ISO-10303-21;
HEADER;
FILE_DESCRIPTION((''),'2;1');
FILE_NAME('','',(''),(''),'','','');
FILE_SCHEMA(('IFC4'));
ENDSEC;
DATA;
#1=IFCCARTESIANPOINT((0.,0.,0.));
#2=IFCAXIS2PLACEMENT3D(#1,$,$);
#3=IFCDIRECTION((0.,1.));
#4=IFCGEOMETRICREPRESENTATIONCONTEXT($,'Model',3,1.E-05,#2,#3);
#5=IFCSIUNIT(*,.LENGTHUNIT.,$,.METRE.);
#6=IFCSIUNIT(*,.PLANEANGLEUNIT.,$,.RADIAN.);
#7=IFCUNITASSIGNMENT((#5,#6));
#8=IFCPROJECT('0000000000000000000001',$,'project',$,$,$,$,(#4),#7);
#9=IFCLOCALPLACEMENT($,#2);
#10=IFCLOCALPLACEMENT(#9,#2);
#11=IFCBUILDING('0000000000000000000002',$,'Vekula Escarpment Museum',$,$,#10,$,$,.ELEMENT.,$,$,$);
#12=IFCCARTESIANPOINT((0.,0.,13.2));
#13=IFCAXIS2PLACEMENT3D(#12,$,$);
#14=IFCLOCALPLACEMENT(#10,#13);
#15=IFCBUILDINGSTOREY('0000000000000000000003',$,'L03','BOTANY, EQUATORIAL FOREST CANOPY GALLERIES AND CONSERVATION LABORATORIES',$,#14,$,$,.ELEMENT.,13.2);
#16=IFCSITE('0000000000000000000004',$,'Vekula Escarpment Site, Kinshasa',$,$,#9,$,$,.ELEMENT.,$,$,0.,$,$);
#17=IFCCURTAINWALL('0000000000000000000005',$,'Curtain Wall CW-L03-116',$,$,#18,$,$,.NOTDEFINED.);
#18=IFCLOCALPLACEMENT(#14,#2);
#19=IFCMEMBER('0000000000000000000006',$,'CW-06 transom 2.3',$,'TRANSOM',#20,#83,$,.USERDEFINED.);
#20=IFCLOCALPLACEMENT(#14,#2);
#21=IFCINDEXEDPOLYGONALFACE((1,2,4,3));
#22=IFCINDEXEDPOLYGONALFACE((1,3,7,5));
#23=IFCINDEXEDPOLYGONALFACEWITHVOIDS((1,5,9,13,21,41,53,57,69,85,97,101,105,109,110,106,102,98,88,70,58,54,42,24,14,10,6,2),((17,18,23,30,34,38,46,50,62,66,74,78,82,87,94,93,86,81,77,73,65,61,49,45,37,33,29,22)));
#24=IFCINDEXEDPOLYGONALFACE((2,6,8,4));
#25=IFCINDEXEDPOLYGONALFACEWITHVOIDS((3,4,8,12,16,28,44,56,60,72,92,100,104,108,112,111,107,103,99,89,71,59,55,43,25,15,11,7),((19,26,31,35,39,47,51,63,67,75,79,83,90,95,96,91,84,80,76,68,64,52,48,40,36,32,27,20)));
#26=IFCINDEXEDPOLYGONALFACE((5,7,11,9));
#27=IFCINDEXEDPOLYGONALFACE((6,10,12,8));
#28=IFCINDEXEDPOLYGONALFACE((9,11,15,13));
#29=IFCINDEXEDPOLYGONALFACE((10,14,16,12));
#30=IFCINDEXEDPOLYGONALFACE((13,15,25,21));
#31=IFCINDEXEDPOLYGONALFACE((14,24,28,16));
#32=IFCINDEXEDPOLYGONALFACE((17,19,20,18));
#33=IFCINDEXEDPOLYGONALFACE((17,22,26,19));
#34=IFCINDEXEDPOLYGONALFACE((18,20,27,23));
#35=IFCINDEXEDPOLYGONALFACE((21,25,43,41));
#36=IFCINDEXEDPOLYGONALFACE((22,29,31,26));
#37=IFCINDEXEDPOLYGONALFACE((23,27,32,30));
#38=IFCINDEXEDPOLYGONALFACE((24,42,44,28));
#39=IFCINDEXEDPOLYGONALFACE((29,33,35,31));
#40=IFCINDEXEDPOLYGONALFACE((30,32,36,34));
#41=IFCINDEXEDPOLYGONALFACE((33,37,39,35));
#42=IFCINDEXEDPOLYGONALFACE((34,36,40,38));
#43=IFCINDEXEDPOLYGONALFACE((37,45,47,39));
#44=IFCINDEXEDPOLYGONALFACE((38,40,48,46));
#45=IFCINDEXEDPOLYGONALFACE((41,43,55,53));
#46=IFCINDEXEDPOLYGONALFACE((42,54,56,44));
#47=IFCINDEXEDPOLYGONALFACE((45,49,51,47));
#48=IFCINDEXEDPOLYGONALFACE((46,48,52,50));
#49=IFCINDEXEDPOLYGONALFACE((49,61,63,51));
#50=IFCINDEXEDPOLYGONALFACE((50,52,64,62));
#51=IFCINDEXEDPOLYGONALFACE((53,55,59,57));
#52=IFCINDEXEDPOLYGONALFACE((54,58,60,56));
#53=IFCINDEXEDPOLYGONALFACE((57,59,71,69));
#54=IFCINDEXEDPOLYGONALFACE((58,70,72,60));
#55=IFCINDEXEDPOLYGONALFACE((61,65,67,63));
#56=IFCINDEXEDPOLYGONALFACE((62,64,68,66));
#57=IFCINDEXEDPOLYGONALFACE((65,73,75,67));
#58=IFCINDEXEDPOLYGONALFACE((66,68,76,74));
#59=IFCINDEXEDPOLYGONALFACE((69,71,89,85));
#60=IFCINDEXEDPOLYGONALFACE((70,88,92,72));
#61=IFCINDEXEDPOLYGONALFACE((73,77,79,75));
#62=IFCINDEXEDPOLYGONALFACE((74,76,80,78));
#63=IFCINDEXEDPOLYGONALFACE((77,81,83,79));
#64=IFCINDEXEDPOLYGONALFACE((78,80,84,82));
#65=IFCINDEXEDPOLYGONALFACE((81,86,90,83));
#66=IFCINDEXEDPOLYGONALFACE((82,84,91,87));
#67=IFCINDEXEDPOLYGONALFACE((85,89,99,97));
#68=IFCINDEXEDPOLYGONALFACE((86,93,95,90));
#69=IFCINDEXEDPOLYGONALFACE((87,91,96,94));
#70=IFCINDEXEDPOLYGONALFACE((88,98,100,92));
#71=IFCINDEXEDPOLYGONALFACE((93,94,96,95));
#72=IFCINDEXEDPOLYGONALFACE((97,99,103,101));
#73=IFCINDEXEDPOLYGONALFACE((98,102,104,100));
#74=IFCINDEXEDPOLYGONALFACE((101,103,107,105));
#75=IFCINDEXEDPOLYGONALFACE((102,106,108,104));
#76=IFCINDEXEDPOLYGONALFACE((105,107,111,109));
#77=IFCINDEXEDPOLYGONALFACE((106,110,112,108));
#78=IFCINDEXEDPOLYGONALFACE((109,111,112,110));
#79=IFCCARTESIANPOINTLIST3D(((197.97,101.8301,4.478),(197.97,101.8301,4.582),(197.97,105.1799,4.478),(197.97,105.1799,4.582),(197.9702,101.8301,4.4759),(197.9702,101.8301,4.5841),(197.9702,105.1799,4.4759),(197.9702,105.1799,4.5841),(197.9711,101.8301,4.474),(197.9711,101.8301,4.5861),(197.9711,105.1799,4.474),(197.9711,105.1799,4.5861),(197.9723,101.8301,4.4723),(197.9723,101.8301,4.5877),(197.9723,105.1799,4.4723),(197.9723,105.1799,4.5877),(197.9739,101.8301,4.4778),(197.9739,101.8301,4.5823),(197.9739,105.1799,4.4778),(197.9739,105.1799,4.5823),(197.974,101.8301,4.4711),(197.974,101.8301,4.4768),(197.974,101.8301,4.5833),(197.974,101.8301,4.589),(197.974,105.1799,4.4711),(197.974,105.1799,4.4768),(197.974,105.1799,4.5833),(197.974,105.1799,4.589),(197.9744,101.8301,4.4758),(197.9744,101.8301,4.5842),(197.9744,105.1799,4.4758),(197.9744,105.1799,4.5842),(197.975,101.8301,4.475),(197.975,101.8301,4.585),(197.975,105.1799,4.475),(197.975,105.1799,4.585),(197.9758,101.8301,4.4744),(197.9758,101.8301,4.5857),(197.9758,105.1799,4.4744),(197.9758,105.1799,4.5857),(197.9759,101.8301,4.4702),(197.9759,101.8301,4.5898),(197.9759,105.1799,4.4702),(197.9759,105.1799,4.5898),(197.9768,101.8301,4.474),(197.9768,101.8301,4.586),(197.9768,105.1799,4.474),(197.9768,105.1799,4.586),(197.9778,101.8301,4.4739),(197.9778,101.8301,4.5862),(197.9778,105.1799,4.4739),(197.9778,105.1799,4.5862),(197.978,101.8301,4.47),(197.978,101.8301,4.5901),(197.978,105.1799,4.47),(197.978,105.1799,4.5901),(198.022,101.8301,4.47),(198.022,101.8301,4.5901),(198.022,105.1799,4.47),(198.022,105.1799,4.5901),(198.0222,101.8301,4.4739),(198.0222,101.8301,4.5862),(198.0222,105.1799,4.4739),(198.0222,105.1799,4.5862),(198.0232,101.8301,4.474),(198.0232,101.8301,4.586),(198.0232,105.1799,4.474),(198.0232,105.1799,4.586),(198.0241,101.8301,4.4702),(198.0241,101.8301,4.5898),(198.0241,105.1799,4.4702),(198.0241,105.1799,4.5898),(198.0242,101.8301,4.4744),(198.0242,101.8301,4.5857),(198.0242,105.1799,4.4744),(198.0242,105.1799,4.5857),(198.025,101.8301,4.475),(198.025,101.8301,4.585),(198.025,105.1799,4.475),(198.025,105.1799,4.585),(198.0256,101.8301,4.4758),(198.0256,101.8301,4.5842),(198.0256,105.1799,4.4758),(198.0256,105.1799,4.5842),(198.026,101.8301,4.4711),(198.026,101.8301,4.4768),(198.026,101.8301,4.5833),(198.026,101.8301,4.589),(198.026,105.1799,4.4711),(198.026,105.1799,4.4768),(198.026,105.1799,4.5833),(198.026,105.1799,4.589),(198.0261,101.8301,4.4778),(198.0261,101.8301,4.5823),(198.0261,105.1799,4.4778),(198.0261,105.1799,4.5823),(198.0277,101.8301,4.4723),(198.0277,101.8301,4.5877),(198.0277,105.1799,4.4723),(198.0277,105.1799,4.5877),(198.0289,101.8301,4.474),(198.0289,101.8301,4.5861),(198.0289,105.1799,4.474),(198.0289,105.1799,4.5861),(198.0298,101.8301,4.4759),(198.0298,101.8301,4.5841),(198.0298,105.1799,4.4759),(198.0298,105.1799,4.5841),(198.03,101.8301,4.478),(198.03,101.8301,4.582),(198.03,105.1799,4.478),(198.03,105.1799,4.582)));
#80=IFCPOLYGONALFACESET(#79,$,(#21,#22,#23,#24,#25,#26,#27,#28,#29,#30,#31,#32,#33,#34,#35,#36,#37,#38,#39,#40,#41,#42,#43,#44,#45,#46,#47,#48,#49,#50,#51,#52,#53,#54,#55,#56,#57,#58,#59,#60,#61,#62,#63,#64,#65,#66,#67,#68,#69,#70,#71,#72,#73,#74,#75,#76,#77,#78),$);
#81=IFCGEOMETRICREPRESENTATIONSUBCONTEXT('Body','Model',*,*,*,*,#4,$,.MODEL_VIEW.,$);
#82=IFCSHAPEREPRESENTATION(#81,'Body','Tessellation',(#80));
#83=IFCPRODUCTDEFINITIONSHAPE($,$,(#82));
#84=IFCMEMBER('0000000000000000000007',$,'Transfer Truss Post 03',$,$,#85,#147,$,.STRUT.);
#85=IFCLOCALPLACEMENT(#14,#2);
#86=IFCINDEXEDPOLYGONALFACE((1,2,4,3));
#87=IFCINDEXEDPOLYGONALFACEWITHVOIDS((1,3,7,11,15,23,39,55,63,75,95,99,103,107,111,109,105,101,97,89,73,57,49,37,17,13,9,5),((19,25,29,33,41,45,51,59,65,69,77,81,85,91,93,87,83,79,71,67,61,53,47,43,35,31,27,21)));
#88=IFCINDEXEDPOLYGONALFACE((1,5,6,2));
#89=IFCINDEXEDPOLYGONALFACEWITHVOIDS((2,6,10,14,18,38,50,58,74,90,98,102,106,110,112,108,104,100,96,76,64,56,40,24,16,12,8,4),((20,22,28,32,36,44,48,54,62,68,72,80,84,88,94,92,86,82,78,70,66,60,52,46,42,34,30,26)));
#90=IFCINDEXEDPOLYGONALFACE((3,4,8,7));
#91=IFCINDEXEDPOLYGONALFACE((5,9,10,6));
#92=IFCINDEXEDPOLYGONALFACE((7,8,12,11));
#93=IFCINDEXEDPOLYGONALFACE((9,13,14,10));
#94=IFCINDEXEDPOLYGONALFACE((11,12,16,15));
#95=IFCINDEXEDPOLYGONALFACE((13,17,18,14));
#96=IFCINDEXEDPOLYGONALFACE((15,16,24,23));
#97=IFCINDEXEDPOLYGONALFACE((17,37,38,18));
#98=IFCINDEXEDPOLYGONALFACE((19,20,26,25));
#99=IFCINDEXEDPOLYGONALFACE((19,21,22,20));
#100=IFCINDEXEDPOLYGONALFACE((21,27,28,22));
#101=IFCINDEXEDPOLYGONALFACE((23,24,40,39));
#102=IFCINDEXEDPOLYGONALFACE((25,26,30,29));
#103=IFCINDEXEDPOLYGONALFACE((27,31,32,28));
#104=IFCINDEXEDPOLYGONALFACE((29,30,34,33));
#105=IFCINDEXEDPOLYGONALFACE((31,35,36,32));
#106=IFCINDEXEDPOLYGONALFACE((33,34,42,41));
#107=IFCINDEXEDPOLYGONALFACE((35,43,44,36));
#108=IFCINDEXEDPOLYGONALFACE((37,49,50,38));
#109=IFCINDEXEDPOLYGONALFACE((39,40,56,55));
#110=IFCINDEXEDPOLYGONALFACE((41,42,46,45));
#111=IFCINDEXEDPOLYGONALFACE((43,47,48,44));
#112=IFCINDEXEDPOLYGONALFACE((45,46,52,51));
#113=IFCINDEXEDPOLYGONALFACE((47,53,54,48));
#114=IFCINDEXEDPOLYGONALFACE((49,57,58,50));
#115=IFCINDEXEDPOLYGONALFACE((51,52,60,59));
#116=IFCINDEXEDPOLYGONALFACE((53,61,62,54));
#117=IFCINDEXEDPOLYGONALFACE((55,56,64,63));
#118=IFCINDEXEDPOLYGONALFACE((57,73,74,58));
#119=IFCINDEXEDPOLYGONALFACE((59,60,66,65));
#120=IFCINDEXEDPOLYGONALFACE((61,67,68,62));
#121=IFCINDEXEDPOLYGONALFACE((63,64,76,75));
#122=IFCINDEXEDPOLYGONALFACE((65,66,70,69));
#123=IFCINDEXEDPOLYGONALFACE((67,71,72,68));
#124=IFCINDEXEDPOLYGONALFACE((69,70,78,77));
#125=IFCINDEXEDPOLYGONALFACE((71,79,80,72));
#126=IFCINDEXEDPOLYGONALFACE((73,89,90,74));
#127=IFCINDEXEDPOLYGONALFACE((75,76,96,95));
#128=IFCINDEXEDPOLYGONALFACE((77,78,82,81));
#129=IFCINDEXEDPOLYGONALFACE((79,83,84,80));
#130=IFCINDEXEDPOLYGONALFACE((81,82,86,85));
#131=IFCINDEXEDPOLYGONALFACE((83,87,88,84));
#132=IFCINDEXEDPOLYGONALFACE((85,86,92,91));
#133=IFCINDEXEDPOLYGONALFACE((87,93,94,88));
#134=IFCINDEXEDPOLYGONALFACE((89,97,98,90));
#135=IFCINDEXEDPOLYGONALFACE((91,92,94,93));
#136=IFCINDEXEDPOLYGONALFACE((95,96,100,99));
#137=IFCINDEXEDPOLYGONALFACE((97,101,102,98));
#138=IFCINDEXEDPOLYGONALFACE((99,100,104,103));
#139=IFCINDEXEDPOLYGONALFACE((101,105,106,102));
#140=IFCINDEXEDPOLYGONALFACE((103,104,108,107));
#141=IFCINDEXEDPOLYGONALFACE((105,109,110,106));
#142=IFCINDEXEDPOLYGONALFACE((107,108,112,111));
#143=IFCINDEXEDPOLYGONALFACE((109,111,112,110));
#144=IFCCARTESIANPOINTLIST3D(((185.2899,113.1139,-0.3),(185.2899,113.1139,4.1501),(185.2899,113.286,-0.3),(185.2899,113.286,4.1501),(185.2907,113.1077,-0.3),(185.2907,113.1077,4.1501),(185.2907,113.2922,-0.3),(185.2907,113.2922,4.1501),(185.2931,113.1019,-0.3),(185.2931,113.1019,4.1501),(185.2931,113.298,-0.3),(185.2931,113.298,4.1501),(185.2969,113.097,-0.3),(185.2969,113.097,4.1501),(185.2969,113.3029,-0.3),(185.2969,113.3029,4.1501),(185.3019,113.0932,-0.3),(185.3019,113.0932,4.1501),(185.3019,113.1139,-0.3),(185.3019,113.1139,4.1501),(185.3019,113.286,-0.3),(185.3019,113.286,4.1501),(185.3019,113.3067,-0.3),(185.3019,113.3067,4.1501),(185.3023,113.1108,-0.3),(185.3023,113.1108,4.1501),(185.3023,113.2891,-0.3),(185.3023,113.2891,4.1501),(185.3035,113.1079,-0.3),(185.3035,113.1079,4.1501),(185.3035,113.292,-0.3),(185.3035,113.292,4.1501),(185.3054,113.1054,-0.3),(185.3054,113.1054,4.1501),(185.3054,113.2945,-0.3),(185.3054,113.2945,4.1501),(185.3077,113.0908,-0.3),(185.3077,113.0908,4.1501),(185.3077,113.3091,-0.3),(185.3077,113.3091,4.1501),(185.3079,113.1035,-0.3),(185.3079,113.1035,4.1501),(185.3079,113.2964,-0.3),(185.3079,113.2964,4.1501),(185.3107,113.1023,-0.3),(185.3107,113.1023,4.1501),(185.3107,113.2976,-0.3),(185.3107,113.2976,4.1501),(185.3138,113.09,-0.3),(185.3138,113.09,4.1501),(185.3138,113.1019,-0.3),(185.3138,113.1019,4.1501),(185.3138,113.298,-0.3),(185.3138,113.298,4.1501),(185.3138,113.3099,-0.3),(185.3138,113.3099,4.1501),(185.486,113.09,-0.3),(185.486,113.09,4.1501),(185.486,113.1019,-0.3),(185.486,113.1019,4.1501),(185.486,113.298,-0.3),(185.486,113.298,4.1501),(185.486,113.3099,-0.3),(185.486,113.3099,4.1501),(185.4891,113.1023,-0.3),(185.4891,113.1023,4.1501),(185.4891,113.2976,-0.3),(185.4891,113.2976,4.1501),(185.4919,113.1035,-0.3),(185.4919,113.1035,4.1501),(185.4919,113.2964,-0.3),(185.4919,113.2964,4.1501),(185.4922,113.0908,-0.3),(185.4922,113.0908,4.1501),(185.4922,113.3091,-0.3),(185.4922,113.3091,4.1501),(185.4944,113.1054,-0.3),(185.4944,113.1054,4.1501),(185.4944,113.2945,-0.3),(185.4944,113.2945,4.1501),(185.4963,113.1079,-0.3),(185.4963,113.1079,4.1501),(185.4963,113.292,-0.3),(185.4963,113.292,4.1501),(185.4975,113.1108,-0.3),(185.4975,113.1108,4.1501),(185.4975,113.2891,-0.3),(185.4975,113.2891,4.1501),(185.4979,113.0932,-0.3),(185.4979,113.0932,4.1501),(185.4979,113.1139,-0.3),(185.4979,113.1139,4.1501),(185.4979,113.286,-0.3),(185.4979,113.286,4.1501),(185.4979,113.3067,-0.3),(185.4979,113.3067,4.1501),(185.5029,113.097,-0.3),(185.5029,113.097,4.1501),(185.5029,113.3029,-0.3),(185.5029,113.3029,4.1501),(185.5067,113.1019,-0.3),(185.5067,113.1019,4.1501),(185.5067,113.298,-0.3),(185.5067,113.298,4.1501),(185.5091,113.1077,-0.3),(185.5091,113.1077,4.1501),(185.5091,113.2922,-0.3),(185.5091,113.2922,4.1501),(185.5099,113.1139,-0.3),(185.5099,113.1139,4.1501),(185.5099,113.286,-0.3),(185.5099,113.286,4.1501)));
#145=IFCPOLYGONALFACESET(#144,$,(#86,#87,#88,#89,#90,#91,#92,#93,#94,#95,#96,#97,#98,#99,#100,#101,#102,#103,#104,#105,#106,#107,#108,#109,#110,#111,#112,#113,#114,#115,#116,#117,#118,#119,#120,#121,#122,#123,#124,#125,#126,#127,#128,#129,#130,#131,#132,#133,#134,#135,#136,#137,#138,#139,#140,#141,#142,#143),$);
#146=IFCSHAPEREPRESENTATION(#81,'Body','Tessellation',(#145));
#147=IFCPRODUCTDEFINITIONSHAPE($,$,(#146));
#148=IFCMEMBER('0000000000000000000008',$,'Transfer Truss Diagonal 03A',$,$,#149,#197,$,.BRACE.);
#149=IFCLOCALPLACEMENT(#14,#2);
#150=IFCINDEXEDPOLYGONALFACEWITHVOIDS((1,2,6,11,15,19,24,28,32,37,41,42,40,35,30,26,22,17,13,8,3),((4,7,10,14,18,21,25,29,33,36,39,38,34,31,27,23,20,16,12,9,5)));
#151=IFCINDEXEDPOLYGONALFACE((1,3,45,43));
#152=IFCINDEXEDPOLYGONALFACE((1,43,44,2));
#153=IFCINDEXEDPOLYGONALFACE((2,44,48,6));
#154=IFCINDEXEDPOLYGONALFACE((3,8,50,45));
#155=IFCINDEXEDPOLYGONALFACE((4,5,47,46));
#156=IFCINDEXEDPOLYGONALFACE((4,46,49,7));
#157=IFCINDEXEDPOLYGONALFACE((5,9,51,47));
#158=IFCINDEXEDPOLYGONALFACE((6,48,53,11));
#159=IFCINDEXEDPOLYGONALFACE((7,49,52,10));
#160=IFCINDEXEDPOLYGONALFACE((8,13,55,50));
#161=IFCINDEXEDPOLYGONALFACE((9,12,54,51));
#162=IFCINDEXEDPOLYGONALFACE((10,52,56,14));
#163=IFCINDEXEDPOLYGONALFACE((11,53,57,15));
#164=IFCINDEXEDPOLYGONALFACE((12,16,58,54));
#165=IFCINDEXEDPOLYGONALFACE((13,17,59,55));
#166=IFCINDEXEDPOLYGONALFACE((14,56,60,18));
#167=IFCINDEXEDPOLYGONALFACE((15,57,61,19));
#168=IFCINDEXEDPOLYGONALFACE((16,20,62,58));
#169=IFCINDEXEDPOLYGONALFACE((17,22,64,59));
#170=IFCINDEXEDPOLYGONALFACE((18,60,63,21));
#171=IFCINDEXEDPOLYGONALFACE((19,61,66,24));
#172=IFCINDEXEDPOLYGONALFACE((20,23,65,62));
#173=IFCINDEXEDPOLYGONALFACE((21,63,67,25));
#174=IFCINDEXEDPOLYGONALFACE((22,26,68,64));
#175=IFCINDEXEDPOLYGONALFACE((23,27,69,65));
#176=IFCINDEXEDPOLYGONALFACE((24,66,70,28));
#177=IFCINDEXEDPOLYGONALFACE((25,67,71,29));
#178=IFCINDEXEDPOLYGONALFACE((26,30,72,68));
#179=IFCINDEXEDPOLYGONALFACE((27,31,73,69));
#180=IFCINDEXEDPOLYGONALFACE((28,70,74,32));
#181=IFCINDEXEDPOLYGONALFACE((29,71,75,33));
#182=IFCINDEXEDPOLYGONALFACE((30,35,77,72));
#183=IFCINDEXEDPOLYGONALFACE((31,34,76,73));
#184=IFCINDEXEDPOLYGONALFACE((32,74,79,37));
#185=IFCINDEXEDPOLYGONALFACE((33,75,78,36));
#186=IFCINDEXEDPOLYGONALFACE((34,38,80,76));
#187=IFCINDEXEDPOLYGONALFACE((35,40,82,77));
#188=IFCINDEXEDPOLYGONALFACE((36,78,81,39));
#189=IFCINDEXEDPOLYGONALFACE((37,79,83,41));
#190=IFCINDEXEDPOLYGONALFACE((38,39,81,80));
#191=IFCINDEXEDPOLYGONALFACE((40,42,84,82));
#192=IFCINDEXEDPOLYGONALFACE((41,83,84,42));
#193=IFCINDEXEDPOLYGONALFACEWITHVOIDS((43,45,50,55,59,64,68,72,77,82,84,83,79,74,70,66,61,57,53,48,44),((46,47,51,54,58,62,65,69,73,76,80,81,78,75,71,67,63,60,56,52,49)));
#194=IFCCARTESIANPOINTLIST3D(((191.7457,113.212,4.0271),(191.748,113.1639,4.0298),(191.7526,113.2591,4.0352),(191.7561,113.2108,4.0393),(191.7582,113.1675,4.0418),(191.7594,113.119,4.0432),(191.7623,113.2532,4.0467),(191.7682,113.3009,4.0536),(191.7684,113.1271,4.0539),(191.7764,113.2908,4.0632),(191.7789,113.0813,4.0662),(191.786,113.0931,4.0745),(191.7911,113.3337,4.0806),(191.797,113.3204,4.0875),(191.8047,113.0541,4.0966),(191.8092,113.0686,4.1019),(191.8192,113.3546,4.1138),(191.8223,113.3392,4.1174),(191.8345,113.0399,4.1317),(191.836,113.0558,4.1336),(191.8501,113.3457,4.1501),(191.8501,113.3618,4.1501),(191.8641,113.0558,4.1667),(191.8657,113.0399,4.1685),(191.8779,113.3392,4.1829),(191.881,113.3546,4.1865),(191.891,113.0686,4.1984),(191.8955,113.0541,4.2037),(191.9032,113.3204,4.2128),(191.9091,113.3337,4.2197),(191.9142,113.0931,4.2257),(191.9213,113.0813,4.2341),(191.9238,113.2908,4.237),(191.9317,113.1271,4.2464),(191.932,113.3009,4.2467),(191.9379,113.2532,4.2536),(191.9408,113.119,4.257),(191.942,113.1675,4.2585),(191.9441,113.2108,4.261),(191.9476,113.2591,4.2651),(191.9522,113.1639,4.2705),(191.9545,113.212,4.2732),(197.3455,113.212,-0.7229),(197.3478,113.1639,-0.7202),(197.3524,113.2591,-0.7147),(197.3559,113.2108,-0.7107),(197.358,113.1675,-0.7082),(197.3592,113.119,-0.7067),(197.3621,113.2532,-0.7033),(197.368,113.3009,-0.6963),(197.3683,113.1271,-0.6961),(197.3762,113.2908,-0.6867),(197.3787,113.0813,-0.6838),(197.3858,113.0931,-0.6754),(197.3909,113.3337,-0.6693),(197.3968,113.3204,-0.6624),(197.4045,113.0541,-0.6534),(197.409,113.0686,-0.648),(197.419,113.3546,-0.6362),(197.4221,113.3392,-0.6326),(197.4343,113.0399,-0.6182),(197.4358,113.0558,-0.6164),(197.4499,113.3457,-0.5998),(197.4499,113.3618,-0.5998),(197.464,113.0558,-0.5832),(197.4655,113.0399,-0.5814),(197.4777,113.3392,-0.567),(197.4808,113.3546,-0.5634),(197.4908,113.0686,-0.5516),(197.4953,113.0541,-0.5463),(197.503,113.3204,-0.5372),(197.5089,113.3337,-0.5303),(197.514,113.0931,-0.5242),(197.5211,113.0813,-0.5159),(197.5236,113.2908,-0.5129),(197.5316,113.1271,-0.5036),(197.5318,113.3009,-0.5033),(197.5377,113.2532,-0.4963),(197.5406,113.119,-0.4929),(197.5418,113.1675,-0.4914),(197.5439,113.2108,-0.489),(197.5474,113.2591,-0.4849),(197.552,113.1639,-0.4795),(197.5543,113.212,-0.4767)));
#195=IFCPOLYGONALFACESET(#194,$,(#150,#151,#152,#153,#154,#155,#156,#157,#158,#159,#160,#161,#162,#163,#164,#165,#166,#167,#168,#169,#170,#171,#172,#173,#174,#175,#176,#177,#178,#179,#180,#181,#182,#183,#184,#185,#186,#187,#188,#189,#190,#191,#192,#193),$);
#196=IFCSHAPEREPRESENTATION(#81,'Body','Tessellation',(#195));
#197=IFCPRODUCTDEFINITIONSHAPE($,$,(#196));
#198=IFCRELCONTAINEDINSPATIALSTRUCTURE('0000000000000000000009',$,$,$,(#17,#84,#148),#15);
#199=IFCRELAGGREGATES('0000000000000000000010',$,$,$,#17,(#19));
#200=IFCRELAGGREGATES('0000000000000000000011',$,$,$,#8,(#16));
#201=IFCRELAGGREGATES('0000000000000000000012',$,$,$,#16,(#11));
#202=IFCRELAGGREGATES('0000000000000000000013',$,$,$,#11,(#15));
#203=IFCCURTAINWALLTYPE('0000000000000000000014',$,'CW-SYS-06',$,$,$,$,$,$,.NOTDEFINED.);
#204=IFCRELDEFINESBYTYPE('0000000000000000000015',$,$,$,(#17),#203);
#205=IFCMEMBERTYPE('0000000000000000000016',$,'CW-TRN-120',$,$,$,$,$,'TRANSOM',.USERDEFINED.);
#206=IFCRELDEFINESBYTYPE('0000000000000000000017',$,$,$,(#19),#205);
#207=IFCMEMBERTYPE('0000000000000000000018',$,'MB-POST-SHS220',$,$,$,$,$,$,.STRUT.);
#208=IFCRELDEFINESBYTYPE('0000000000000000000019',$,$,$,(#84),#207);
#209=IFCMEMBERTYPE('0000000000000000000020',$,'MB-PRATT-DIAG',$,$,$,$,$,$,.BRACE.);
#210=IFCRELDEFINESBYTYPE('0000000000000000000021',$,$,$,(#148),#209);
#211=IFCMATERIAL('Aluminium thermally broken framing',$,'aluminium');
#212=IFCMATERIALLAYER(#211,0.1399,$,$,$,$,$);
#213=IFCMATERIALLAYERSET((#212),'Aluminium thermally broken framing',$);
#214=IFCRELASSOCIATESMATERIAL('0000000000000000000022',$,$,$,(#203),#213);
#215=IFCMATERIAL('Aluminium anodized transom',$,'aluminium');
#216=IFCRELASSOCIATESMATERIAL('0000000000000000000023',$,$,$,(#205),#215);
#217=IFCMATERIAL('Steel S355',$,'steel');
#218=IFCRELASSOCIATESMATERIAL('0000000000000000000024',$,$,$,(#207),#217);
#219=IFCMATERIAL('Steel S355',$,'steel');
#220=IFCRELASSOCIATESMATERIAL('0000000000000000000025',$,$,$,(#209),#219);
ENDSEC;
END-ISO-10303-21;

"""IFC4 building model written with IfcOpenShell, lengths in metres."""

from ifc_helpers import new_model, si_unit, direction, frame, origin, origin_2d, place, context, subcontext, project, spatial, hollow_rectangle, hollow_circle, extrude, material, layer, layer_set, material_profile, profile_set, type_object, element, aggregate, save


model = new_model("IFC4")

# Units and contexts
model_context = context("Model", 3, precision=1e-05, world=origin(), true_north=direction((0.0, 1.0)))
body_context = subcontext(model_context, "Body", "Model", "MODEL_VIEW")
ifc_project = project(units=[si_unit("LENGTHUNIT", "METRE"), si_unit("PLANEANGLEUNIT", "RADIAN")], contexts=[model_context])

# Site, building, storey
site_placement = place(None, origin())
site = spatial("IfcSite", under=ifc_project, at=site_placement, Name="Vekula Escarpment Site, Kinshasa", CompositionType="ELEMENT", RefElevation=0.0)
building_placement = place(site_placement, origin())
building = spatial("IfcBuilding", under=site, at=building_placement, Name="Vekula Escarpment Museum", CompositionType="ELEMENT")
storey_placement = place(building_placement, frame((0.0, 0.0, 13.2)))
storey = spatial("IfcBuildingStorey", under=building, at=storey_placement, Name="L03", Description="BOTANY, EQUATORIAL FOREST CANOPY GALLERIES AND CONSERVATION LABORATORIES", CompositionType="ELEMENT", Elevation=13.2)

# Curtain wall, member
ifc_material_1 = material(Name="Aluminium thermally broken framing", Category="aluminium")
ifc_layer_1 = layer(ifc_material_1, 0.1399)
ifc_layer_set_1 = layer_set([ifc_layer_1], Name="Aluminium thermally broken framing")
curtain_wall_type = type_object("IfcCurtainWallType", Name="CW-SYS-06", PredefinedType="NOTDEFINED", material=ifc_layer_set_1)
curtain_wall_placement = place(storey_placement, origin())
curtain_wall = element("IfcCurtainWall", 1, at=curtain_wall_placement, inside=storey, type_object=curtain_wall_type, Name="Curtain Wall CW-L03-116", PredefinedType="NOTDEFINED")
ifc_material_2 = material(Name="Aluminium anodized transom", Category="aluminium")
ifc_material_profile_1 = material_profile(ifc_material_2, hollow_rectangle(XDim=0.0601, YDim=0.1201, WallThickness=0.0039, InnerFilletRadius=0.0039, OuterFilletRadius=0.0081, at=origin_2d()), Name="ALU 120x60x4")
ifc_profile_set_1 = profile_set([ifc_material_profile_1], Name="Aluminium anodized transom")
member_type_1 = type_object("IfcMemberType", Name="CW-TRN-120", ElementType="TRANSOM", PredefinedType="USERDEFINED", material=ifc_profile_set_1)
member_1_placement = place(storey_placement, frame((198.0, 101.8301, 4.53), z_axis=(0.0, 1.0, 0.0), x_axis=(-1.0, 0.0, 0.0)))
member_1 = element("IfcMember", 2, at=member_1_placement, type_object=member_type_1, Name="CW-06 transom 2.3", ObjectType="TRANSOM", PredefinedType="USERDEFINED", context=body_context, shape_type="SweptSolid", body=[
    extrude(hollow_rectangle(XDim=0.0601, YDim=0.1201, WallThickness=0.0039, InnerFilletRadius=0.0039, OuterFilletRadius=0.0081, at=origin_2d()), origin(), (0.0, 0.0, 1.0), 3.3499),
])

# Members
ifc_material_3 = material(Name="Steel S355", Category="steel")
ifc_material_profile_2 = material_profile(ifc_material_3, hollow_rectangle(XDim=0.22, YDim=0.22, WallThickness=0.012, InnerFilletRadius=0.012, OuterFilletRadius=0.0239, at=origin_2d()), Name="SHS 220x220x12")
ifc_profile_set_2 = profile_set([ifc_material_profile_2], Name="Steel S355")
member_type_2 = type_object("IfcMemberType", Name="MB-POST-SHS220", PredefinedType="STRUT", material=ifc_profile_set_2)
member_2_placement = place(storey_placement, frame((185.3999, 113.2, -0.3), z_axis=(0.0, 0.0, 1.0), x_axis=(1.0, 0.0, 0.0)))
element("IfcMember", 3, at=member_2_placement, inside=storey, type_object=member_type_2, Name="Transfer Truss Post 03", PredefinedType="STRUT", context=body_context, shape_type="SweptSolid", body=[
    extrude(hollow_rectangle(XDim=0.22, YDim=0.22, WallThickness=0.012, InnerFilletRadius=0.012, OuterFilletRadius=0.0239, at=origin_2d()), origin(), (0.0, 0.0, 1.0), 4.4502),
])
ifc_material_4 = material(Name="Steel S355", Category="steel")
ifc_material_profile_3 = material_profile(ifc_material_4, hollow_circle(Radius=0.1619, WallThickness=0.0161, at=origin_2d()), Name="CHS 323.9x16")
ifc_profile_set_3 = profile_set([ifc_material_profile_3], Name="Steel S355")
member_type_3 = type_object("IfcMemberType", Name="MB-PRATT-DIAG", PredefinedType="BRACE", material=ifc_profile_set_3)
member_3_placement = place(storey_placement, frame((191.8501, 113.2, 4.1501), z_axis=(0.762603, 0.0, -0.646867), x_axis=(0.0, 1.0, 0.0)))
element("IfcMember", 4, at=member_3_placement, inside=storey, type_object=member_type_3, Name="Transfer Truss Diagonal 03A", PredefinedType="BRACE", context=body_context, shape_type="SweptSolid", body=[
    extrude(hollow_circle(Radius=0.1619, WallThickness=0.0161, at=origin_2d()), origin(), (0.0, 0.0, 1.0), 7.343),
])

aggregate(curtain_wall, [member_1])

save(model, "model.ifc")
